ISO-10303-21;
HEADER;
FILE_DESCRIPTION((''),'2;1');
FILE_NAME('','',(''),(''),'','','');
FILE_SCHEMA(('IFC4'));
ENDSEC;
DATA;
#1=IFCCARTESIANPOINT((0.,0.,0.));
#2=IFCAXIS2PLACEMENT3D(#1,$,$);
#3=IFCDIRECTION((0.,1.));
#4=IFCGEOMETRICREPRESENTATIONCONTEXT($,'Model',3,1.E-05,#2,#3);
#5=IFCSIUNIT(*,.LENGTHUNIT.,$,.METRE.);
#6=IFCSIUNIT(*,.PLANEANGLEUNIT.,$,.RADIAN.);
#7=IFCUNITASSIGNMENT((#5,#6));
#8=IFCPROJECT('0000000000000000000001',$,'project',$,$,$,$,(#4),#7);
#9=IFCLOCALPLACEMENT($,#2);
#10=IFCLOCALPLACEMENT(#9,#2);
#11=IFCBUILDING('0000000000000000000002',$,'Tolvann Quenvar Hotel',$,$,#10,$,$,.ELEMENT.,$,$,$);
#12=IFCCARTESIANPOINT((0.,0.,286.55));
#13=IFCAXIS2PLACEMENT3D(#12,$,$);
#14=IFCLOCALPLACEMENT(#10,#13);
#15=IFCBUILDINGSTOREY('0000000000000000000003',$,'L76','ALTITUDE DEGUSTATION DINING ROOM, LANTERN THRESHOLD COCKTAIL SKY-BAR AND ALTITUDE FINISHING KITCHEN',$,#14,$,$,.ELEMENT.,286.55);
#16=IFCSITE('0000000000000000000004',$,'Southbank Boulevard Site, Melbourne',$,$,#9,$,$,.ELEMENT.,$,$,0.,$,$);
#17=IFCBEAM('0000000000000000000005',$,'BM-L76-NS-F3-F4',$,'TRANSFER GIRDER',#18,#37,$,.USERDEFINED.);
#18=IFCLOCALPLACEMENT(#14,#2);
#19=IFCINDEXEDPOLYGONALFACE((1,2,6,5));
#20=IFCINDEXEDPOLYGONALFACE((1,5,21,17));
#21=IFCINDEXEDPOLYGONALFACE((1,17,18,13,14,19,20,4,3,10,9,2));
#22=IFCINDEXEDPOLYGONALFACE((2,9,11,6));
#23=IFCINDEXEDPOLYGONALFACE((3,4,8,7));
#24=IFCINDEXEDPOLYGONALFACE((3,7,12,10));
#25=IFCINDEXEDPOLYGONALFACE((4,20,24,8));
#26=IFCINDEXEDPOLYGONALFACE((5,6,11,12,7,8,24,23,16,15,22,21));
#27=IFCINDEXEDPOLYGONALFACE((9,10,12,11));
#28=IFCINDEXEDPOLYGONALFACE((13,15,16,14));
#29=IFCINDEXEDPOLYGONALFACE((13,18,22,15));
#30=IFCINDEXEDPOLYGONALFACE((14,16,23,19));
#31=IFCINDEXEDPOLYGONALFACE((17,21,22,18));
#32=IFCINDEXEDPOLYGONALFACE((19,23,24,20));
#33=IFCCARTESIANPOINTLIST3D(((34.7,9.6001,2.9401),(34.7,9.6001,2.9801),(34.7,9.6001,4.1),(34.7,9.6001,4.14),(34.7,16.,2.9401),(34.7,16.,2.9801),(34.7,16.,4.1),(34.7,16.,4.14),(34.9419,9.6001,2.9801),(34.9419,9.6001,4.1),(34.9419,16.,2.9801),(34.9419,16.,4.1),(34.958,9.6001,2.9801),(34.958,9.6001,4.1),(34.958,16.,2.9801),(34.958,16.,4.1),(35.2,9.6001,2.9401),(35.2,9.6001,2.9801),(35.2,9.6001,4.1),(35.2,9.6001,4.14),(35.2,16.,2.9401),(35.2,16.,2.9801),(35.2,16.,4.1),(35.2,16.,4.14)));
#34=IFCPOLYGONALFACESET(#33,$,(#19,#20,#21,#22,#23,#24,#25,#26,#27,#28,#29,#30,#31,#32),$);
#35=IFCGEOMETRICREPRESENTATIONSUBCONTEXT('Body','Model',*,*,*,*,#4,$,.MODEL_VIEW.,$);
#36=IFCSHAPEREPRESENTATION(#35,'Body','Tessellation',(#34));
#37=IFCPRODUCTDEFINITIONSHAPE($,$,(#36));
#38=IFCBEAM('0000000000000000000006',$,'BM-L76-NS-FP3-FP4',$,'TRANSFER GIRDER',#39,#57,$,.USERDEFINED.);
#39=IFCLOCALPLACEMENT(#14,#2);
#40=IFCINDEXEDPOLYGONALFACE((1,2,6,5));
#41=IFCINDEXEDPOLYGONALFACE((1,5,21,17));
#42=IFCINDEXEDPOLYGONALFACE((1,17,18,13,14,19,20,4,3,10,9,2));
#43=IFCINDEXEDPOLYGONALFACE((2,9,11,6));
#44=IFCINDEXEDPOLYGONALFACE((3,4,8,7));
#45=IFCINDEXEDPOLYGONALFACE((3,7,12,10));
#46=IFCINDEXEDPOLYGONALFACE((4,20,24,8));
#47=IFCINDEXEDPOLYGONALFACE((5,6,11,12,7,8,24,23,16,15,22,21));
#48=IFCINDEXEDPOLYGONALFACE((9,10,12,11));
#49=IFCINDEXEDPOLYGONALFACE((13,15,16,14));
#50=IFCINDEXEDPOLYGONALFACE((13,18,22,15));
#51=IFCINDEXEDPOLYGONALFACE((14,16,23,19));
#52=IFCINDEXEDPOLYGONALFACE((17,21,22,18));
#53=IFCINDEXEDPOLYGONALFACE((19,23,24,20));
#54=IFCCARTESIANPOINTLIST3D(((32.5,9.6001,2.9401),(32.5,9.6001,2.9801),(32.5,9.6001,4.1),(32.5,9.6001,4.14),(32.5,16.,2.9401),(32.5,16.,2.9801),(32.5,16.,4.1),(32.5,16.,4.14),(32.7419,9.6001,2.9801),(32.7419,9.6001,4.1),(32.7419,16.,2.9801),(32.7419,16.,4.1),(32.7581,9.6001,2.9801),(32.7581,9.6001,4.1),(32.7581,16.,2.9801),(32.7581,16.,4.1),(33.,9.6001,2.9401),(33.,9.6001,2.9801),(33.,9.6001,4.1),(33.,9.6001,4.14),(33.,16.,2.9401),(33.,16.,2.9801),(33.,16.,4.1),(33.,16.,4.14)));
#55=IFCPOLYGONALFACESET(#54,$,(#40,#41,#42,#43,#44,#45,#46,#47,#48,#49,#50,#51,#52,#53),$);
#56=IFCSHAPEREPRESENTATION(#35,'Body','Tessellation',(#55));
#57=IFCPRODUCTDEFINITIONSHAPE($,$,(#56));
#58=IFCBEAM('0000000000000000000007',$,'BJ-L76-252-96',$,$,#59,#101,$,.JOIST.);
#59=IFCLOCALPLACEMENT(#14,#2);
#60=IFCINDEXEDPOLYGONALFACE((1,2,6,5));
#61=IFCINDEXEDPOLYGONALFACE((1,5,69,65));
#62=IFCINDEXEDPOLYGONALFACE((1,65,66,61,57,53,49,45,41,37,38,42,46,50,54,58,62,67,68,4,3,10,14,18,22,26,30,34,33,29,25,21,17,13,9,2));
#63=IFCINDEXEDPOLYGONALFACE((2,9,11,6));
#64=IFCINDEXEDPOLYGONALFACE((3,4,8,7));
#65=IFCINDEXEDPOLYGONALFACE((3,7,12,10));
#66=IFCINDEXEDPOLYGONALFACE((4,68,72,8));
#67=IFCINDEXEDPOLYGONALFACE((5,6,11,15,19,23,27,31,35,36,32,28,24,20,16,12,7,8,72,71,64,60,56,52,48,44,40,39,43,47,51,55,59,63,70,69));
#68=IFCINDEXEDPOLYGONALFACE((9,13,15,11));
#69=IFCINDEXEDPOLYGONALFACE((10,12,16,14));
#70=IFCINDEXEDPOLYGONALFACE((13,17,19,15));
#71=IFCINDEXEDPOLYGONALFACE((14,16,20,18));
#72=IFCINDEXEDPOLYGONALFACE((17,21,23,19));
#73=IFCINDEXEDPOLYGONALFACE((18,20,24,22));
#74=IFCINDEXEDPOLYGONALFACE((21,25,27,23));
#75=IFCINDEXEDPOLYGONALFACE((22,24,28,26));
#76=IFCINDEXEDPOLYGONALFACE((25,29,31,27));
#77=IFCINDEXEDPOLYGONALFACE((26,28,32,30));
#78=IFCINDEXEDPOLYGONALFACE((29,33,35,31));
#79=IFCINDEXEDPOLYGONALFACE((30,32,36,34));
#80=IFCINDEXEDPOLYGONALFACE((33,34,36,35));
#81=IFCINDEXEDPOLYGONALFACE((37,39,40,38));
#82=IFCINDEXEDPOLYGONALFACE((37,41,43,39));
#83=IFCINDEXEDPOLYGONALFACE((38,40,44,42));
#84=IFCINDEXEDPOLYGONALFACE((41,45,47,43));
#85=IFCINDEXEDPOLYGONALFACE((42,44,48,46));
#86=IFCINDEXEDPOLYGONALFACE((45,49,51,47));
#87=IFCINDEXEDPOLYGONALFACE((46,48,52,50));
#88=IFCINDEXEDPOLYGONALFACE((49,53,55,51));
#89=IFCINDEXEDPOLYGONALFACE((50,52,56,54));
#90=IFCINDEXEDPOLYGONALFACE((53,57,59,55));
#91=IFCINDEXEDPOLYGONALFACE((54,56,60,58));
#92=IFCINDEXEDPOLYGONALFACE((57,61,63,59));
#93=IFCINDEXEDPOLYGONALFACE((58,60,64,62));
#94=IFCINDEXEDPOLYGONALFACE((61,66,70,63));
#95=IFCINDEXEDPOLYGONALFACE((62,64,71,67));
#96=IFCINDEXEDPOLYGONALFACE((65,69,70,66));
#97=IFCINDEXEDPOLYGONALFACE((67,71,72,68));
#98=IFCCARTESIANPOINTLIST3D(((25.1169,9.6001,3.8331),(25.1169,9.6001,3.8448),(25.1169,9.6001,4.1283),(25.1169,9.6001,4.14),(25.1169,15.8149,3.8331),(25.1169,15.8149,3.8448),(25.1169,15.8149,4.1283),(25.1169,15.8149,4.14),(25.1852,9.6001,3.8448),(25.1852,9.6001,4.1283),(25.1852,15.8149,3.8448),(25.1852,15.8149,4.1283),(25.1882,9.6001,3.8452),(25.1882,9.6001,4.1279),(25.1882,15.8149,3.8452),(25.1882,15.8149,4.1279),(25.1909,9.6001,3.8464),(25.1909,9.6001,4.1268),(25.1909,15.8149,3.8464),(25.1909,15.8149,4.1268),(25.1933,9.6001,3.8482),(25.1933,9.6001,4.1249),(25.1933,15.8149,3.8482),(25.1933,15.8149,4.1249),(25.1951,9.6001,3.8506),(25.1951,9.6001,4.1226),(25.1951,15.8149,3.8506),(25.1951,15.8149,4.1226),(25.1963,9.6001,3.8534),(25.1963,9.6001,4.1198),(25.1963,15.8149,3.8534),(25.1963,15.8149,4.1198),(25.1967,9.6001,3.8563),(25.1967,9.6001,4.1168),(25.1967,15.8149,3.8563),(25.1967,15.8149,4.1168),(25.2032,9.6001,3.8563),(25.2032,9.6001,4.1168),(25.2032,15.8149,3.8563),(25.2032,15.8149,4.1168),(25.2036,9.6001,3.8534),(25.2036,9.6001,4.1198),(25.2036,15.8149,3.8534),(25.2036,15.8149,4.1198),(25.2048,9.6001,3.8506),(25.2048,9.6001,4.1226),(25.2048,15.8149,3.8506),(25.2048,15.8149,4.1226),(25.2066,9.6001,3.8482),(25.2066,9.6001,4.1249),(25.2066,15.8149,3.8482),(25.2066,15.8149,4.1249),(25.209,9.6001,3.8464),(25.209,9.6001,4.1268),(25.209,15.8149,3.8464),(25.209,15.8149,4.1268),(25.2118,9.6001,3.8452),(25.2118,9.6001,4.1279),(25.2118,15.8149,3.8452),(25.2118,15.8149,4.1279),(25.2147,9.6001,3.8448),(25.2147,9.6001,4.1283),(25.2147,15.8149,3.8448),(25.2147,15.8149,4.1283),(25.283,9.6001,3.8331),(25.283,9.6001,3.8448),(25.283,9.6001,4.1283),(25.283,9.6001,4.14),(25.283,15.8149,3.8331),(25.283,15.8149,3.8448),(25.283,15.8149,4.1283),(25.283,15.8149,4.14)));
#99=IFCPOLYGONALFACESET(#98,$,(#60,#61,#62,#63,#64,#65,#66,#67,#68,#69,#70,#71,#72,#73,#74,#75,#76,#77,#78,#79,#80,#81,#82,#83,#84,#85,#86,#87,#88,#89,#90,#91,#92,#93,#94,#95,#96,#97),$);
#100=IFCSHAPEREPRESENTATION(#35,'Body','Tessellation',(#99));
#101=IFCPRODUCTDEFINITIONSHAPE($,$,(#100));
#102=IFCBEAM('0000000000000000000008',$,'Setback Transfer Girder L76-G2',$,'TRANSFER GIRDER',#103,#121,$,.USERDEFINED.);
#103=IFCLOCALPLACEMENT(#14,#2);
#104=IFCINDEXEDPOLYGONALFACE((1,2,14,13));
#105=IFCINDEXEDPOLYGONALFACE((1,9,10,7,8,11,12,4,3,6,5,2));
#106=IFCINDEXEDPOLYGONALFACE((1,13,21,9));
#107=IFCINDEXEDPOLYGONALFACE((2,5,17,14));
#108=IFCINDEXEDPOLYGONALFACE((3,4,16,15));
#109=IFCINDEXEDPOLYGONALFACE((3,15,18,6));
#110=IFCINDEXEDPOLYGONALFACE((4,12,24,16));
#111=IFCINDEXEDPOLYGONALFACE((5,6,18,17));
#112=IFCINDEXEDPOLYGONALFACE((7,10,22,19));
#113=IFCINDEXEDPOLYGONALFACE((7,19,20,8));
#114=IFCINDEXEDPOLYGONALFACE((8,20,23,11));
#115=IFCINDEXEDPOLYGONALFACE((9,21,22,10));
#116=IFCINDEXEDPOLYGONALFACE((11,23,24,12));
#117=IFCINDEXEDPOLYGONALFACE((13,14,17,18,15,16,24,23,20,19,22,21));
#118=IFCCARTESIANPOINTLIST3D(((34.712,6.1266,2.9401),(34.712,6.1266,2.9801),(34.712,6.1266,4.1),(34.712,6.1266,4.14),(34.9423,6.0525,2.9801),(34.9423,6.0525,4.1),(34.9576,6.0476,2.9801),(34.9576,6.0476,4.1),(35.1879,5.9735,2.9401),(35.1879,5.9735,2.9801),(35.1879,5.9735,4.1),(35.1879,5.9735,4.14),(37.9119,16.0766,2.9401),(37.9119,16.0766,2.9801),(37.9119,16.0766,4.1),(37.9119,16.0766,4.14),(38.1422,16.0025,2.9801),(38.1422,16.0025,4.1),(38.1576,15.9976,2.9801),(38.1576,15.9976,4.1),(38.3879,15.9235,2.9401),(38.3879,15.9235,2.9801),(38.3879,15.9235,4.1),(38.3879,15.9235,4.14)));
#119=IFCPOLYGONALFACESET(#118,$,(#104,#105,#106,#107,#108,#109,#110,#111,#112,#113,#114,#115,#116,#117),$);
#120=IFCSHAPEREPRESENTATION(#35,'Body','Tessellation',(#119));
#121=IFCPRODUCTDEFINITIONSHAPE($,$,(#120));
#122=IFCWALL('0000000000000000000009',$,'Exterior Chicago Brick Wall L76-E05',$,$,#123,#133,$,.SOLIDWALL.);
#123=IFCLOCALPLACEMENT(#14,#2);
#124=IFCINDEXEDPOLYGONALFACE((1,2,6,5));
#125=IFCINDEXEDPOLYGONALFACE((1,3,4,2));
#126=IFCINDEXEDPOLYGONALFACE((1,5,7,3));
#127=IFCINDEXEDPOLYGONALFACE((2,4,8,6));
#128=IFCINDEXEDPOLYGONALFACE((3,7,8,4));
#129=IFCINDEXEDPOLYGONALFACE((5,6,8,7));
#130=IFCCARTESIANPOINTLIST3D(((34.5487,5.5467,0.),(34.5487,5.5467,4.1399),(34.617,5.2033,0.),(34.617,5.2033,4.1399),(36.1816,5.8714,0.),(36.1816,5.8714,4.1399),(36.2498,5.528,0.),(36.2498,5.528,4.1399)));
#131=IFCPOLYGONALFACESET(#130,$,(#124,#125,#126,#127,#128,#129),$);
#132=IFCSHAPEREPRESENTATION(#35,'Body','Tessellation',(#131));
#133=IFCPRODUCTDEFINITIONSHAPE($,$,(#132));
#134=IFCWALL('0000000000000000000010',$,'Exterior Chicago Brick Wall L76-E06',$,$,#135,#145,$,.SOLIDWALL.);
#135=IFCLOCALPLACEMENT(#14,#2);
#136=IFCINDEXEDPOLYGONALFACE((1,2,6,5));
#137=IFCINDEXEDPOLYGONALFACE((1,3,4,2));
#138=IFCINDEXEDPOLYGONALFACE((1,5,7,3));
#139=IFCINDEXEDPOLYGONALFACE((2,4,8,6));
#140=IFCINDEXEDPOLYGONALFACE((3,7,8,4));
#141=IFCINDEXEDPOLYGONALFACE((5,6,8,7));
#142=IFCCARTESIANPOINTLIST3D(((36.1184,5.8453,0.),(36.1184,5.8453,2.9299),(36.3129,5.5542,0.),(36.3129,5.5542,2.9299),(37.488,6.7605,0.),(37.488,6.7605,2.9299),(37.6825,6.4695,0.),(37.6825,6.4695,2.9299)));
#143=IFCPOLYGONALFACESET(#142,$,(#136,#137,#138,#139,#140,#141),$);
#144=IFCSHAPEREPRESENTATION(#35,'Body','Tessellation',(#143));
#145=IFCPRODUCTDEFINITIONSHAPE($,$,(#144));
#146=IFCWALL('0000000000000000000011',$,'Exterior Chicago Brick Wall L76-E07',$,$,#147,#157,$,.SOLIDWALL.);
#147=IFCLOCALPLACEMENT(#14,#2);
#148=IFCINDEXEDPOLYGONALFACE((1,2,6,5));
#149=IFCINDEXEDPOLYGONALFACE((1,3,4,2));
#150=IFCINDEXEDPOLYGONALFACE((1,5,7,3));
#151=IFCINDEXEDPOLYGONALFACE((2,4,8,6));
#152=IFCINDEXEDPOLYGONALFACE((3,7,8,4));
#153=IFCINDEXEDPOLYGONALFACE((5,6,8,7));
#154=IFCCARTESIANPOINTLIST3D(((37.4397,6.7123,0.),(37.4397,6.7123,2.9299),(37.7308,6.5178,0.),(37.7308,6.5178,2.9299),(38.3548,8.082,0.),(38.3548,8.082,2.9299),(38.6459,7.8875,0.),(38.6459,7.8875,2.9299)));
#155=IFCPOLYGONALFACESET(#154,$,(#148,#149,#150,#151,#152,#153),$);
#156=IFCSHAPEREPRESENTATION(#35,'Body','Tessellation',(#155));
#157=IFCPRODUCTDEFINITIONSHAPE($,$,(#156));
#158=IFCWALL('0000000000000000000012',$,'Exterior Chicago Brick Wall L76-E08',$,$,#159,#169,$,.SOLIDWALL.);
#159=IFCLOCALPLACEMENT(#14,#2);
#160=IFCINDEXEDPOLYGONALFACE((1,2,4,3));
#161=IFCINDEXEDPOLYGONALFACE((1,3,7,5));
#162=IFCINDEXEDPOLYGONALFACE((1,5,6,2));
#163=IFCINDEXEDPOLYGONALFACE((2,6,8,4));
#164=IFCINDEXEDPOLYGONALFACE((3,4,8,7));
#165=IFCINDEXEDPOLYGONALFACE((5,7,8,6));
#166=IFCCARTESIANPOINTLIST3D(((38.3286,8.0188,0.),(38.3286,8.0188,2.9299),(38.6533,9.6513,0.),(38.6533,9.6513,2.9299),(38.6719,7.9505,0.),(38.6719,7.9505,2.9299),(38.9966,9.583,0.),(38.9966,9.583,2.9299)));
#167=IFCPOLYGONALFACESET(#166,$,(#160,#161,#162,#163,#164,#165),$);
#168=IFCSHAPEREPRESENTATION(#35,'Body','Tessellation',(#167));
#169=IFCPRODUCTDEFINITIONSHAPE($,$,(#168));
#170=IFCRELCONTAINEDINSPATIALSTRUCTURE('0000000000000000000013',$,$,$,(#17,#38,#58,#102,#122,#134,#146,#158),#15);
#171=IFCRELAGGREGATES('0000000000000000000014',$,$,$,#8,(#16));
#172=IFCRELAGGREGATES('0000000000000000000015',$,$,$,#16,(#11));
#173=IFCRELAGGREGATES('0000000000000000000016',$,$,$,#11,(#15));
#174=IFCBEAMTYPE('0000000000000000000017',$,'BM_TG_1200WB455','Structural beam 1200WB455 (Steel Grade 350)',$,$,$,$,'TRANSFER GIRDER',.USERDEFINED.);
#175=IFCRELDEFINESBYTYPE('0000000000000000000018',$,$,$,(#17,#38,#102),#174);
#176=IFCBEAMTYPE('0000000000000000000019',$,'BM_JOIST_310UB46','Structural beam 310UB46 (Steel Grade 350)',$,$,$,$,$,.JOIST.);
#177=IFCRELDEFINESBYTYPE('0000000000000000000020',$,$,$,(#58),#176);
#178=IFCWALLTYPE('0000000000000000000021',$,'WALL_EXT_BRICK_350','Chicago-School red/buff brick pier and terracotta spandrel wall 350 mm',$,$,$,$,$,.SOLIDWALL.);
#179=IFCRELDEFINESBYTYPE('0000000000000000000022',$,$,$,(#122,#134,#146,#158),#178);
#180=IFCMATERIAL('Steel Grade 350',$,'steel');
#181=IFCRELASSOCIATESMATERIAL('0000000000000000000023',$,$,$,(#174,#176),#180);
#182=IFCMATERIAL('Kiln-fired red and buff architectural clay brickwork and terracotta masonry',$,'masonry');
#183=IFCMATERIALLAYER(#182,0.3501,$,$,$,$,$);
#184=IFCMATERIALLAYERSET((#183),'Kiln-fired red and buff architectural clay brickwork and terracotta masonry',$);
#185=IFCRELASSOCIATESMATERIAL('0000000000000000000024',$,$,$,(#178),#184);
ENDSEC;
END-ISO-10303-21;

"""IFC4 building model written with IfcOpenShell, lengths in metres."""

from ifc_helpers import new_model, si_unit, direction, frame, frame_2d, origin, origin_2d, place, context, subcontext, project, spatial, rectangle, i_section, extrude, source, transform, mapped, material, layer, layer_set, material_profile, profile_set, type_object, type_shapes, element, save


model = new_model("IFC4")

# Units and contexts
model_context = context("Model", 3, precision=1e-05, world=origin(), true_north=direction((0.0, 1.0)))
body_context = subcontext(model_context, "Body", "Model", "MODEL_VIEW")
ifc_project = project(units=[si_unit("LENGTHUNIT", "METRE"), si_unit("PLANEANGLEUNIT", "RADIAN")], contexts=[model_context])

# Site, building, storey
site_placement = place(None, origin())
site = spatial("IfcSite", under=ifc_project, at=site_placement, Name="Southbank Boulevard Site, Melbourne", CompositionType="ELEMENT", RefElevation=0.0)
building_placement = place(site_placement, origin())
building = spatial("IfcBuilding", under=site, at=building_placement, Name="Tolvann Quenvar Hotel", CompositionType="ELEMENT")
storey_placement = place(building_placement, frame((0.0, 0.0, 286.55)))
storey = spatial("IfcBuildingStorey", under=building, at=storey_placement, Name="L76", Description="ALTITUDE DEGUSTATION DINING ROOM, LANTERN THRESHOLD COCKTAIL SKY-BAR AND ALTITUDE FINISHING KITCHEN", CompositionType="ELEMENT", Elevation=286.55)

# Shared definitions
ifc_material_1 = material(Name="Steel Grade 350", Category="steel")

# Beams
ifc_material_profile_1 = material_profile(ifc_material_1, i_section(OverallWidth=0.5, OverallDepth=1.2, WebThickness=0.0161, FlangeThickness=0.04, at=origin_2d()), Name="1200WB455")
ifc_profile_set_1 = profile_set([ifc_material_profile_1], Name="Steel Grade 350")
beam_type_1 = type_object("IfcBeamType", Name="BM_TG_1200WB455", Description="Structural beam 1200WB455 (Steel Grade 350)", ElementType="TRANSFER GIRDER", PredefinedType="USERDEFINED", material=ifc_profile_set_1)
shared_shape_1 = source(origin(), body_context, "Body", "SweptSolid", [
    extrude(i_section(OverallWidth=0.5, OverallDepth=1.2, WebThickness=0.0161, FlangeThickness=0.04, at=origin_2d()), origin(), (0.0, 0.0, 1.0), 6.3999),
])
for number, where, z_axis, x_axis, name in (
    (1, (34.95, 9.6001, 3.54), (0.0, 1.0, 0.0), (-1.0, 0.0, 0.0), "BM-L76-NS-F3-F4"),
    (2, (32.75, 9.6001, 3.54), (0.0, 1.0, 0.0), (-1.0, 0.0, 0.0), "BM-L76-NS-FP3-FP4"),
):
    element("IfcBeam", number, at=place(storey_placement, frame(where, z_axis=z_axis, x_axis=x_axis)), inside=storey, type_object=beam_type_1, Name=name, ObjectType="TRANSFER GIRDER", PredefinedType="USERDEFINED", context=body_context, shape_type="MappedRepresentation", body=[
        mapped(shared_shape_1, transform((0.0, 0.0, 0.0), x_axis=(1.0, 0.0, 0.0), y_axis=(0.0, 1.0, 0.0), z_axis=(0.0, 0.0, 1.0), scale=1.0)),
    ])
ifc_material_profile_2 = material_profile(ifc_material_1, i_section(OverallWidth=0.166, OverallDepth=0.3069, WebThickness=0.0066, FlangeThickness=0.0117, FilletRadius=0.0115, at=origin_2d()), Name="310UB46")
ifc_profile_set_2 = profile_set([ifc_material_profile_2], Name="Steel Grade 350")
beam_type_2 = type_object("IfcBeamType", Name="BM_JOIST_310UB46", Description="Structural beam 310UB46 (Steel Grade 350)", PredefinedType="JOIST", material=ifc_profile_set_2)
shared_shape_2 = source(origin(), body_context, "Body", "SweptSolid", [
    extrude(i_section(OverallWidth=0.166, OverallDepth=0.3069, WebThickness=0.0066, FlangeThickness=0.0117, FilletRadius=0.0115, at=origin_2d()), origin(), (0.0, 0.0, 1.0), 6.2148),
])
type_shapes(beam_type_2, [shared_shape_2])
beam_1_placement = place(storey_placement, frame((25.2, 9.6001, 3.9866), z_axis=(0.0, 1.0, 0.0), x_axis=(-1.0, 0.0, 0.0)))
element("IfcBeam", 3, at=beam_1_placement, inside=storey, type_object=beam_type_2, Name="BJ-L76-252-96", PredefinedType="JOIST", context=body_context, shape_type="MappedRepresentation", body=[
    mapped(shared_shape_2, transform((0.0, 0.0, 0.0), x_axis=(1.0, 0.0, 0.0), y_axis=(0.0, 1.0, 0.0), z_axis=(0.0, 0.0, 1.0), scale=1.0)),
])
shared_shape_3 = source(origin(), body_context, "Body", "SweptSolid", [
    extrude(i_section(OverallWidth=0.5, OverallDepth=1.2, WebThickness=0.0161, FlangeThickness=0.04, at=origin_2d()), origin(), (0.0, 0.0, 1.0), 10.4519),
])
beam_2_placement = place(storey_placement, frame((34.95, 6.05, 3.54), z_axis=(0.306161, 0.95198, 0.0), x_axis=(-0.95198, 0.306161, 0.0)))
element("IfcBeam", 4, at=beam_2_placement, inside=storey, type_object=beam_type_1, Name="Setback Transfer Girder L76-G2", ObjectType="TRANSFER GIRDER", PredefinedType="USERDEFINED", context=body_context, shape_type="MappedRepresentation", body=[
    mapped(shared_shape_3, transform((0.0, 0.0, 0.0), x_axis=(1.0, 0.0, 0.0), y_axis=(0.0, 1.0, 0.0), z_axis=(0.0, 0.0, 1.0), scale=1.0)),
])

# Walls
ifc_material_2 = material(Name="Kiln-fired red and buff architectural clay brickwork and terracotta masonry", Category="masonry")
ifc_layer_1 = layer(ifc_material_2, 0.3501)
ifc_layer_set_1 = layer_set([ifc_layer_1], Name="Kiln-fired red and buff architectural clay brickwork and terracotta masonry")
wall_type_1 = type_object("IfcWallType", Name="WALL_EXT_BRICK_350", Description="Chicago-School red/buff brick pier and terracotta spandrel wall 350 mm", PredefinedType="SOLIDWALL", material=ifc_layer_set_1)
wall_1_placement = place(storey_placement, frame((34.5828, 5.375, 0.0), z_axis=(0.0, 0.0, 1.0), x_axis=(0.980794, 0.195044, 0.0)))
element("IfcWall", 5, at=wall_1_placement, inside=storey, type_object=wall_type_1, Name="Exterior Chicago Brick Wall L76-E05", PredefinedType="SOLIDWALL", context=body_context, shape_type="SweptSolid", body=[
    extrude(rectangle(XDim=1.6648, YDim=0.3501, at=frame_2d((0.8325, 0.0))), origin(), (0.0, 0.0, 1.0), 4.1399),
])
for number, where, z_axis, x_axis, name in (
    (6, (36.2156, 5.6997, 0.0), (0.0, 0.0, 1.0), (0.831434, 0.555623, 0.0), "Exterior Chicago Brick Wall L76-E06"),
    (7, (37.5852, 6.615, 0.0), (0.0, 0.0, 1.0), (0.555521, 0.831503, 0.0), "Exterior Chicago Brick Wall L76-E07"),
):
    element("IfcWall", number, at=place(storey_placement, frame(where, z_axis=z_axis, x_axis=x_axis)), inside=storey, type_object=wall_type_1, Name=name, PredefinedType="SOLIDWALL", context=body_context, shape_type="SweptSolid", body=[
        extrude(rectangle(XDim=1.6472, YDim=0.3501, at=frame_2d((0.8237, 0.0))), origin(), (0.0, 0.0, 1.0), 2.9299),
    ])
wall_2_placement = place(storey_placement, frame((38.5002, 7.9846, 0.0), z_axis=(0.0, 0.0, 1.0), x_axis=(0.195072, 0.980789, 0.0)))
element("IfcWall", 8, at=wall_2_placement, inside=storey, type_object=wall_type_1, Name="Exterior Chicago Brick Wall L76-E08", PredefinedType="SOLIDWALL", context=body_context, shape_type="SweptSolid", body=[
    extrude(rectangle(XDim=1.6646, YDim=0.3501, at=frame_2d((0.8323, 0.0))), origin(), (0.0, 0.0, 1.0), 2.9299),
])

save(model, "model.ifc")
